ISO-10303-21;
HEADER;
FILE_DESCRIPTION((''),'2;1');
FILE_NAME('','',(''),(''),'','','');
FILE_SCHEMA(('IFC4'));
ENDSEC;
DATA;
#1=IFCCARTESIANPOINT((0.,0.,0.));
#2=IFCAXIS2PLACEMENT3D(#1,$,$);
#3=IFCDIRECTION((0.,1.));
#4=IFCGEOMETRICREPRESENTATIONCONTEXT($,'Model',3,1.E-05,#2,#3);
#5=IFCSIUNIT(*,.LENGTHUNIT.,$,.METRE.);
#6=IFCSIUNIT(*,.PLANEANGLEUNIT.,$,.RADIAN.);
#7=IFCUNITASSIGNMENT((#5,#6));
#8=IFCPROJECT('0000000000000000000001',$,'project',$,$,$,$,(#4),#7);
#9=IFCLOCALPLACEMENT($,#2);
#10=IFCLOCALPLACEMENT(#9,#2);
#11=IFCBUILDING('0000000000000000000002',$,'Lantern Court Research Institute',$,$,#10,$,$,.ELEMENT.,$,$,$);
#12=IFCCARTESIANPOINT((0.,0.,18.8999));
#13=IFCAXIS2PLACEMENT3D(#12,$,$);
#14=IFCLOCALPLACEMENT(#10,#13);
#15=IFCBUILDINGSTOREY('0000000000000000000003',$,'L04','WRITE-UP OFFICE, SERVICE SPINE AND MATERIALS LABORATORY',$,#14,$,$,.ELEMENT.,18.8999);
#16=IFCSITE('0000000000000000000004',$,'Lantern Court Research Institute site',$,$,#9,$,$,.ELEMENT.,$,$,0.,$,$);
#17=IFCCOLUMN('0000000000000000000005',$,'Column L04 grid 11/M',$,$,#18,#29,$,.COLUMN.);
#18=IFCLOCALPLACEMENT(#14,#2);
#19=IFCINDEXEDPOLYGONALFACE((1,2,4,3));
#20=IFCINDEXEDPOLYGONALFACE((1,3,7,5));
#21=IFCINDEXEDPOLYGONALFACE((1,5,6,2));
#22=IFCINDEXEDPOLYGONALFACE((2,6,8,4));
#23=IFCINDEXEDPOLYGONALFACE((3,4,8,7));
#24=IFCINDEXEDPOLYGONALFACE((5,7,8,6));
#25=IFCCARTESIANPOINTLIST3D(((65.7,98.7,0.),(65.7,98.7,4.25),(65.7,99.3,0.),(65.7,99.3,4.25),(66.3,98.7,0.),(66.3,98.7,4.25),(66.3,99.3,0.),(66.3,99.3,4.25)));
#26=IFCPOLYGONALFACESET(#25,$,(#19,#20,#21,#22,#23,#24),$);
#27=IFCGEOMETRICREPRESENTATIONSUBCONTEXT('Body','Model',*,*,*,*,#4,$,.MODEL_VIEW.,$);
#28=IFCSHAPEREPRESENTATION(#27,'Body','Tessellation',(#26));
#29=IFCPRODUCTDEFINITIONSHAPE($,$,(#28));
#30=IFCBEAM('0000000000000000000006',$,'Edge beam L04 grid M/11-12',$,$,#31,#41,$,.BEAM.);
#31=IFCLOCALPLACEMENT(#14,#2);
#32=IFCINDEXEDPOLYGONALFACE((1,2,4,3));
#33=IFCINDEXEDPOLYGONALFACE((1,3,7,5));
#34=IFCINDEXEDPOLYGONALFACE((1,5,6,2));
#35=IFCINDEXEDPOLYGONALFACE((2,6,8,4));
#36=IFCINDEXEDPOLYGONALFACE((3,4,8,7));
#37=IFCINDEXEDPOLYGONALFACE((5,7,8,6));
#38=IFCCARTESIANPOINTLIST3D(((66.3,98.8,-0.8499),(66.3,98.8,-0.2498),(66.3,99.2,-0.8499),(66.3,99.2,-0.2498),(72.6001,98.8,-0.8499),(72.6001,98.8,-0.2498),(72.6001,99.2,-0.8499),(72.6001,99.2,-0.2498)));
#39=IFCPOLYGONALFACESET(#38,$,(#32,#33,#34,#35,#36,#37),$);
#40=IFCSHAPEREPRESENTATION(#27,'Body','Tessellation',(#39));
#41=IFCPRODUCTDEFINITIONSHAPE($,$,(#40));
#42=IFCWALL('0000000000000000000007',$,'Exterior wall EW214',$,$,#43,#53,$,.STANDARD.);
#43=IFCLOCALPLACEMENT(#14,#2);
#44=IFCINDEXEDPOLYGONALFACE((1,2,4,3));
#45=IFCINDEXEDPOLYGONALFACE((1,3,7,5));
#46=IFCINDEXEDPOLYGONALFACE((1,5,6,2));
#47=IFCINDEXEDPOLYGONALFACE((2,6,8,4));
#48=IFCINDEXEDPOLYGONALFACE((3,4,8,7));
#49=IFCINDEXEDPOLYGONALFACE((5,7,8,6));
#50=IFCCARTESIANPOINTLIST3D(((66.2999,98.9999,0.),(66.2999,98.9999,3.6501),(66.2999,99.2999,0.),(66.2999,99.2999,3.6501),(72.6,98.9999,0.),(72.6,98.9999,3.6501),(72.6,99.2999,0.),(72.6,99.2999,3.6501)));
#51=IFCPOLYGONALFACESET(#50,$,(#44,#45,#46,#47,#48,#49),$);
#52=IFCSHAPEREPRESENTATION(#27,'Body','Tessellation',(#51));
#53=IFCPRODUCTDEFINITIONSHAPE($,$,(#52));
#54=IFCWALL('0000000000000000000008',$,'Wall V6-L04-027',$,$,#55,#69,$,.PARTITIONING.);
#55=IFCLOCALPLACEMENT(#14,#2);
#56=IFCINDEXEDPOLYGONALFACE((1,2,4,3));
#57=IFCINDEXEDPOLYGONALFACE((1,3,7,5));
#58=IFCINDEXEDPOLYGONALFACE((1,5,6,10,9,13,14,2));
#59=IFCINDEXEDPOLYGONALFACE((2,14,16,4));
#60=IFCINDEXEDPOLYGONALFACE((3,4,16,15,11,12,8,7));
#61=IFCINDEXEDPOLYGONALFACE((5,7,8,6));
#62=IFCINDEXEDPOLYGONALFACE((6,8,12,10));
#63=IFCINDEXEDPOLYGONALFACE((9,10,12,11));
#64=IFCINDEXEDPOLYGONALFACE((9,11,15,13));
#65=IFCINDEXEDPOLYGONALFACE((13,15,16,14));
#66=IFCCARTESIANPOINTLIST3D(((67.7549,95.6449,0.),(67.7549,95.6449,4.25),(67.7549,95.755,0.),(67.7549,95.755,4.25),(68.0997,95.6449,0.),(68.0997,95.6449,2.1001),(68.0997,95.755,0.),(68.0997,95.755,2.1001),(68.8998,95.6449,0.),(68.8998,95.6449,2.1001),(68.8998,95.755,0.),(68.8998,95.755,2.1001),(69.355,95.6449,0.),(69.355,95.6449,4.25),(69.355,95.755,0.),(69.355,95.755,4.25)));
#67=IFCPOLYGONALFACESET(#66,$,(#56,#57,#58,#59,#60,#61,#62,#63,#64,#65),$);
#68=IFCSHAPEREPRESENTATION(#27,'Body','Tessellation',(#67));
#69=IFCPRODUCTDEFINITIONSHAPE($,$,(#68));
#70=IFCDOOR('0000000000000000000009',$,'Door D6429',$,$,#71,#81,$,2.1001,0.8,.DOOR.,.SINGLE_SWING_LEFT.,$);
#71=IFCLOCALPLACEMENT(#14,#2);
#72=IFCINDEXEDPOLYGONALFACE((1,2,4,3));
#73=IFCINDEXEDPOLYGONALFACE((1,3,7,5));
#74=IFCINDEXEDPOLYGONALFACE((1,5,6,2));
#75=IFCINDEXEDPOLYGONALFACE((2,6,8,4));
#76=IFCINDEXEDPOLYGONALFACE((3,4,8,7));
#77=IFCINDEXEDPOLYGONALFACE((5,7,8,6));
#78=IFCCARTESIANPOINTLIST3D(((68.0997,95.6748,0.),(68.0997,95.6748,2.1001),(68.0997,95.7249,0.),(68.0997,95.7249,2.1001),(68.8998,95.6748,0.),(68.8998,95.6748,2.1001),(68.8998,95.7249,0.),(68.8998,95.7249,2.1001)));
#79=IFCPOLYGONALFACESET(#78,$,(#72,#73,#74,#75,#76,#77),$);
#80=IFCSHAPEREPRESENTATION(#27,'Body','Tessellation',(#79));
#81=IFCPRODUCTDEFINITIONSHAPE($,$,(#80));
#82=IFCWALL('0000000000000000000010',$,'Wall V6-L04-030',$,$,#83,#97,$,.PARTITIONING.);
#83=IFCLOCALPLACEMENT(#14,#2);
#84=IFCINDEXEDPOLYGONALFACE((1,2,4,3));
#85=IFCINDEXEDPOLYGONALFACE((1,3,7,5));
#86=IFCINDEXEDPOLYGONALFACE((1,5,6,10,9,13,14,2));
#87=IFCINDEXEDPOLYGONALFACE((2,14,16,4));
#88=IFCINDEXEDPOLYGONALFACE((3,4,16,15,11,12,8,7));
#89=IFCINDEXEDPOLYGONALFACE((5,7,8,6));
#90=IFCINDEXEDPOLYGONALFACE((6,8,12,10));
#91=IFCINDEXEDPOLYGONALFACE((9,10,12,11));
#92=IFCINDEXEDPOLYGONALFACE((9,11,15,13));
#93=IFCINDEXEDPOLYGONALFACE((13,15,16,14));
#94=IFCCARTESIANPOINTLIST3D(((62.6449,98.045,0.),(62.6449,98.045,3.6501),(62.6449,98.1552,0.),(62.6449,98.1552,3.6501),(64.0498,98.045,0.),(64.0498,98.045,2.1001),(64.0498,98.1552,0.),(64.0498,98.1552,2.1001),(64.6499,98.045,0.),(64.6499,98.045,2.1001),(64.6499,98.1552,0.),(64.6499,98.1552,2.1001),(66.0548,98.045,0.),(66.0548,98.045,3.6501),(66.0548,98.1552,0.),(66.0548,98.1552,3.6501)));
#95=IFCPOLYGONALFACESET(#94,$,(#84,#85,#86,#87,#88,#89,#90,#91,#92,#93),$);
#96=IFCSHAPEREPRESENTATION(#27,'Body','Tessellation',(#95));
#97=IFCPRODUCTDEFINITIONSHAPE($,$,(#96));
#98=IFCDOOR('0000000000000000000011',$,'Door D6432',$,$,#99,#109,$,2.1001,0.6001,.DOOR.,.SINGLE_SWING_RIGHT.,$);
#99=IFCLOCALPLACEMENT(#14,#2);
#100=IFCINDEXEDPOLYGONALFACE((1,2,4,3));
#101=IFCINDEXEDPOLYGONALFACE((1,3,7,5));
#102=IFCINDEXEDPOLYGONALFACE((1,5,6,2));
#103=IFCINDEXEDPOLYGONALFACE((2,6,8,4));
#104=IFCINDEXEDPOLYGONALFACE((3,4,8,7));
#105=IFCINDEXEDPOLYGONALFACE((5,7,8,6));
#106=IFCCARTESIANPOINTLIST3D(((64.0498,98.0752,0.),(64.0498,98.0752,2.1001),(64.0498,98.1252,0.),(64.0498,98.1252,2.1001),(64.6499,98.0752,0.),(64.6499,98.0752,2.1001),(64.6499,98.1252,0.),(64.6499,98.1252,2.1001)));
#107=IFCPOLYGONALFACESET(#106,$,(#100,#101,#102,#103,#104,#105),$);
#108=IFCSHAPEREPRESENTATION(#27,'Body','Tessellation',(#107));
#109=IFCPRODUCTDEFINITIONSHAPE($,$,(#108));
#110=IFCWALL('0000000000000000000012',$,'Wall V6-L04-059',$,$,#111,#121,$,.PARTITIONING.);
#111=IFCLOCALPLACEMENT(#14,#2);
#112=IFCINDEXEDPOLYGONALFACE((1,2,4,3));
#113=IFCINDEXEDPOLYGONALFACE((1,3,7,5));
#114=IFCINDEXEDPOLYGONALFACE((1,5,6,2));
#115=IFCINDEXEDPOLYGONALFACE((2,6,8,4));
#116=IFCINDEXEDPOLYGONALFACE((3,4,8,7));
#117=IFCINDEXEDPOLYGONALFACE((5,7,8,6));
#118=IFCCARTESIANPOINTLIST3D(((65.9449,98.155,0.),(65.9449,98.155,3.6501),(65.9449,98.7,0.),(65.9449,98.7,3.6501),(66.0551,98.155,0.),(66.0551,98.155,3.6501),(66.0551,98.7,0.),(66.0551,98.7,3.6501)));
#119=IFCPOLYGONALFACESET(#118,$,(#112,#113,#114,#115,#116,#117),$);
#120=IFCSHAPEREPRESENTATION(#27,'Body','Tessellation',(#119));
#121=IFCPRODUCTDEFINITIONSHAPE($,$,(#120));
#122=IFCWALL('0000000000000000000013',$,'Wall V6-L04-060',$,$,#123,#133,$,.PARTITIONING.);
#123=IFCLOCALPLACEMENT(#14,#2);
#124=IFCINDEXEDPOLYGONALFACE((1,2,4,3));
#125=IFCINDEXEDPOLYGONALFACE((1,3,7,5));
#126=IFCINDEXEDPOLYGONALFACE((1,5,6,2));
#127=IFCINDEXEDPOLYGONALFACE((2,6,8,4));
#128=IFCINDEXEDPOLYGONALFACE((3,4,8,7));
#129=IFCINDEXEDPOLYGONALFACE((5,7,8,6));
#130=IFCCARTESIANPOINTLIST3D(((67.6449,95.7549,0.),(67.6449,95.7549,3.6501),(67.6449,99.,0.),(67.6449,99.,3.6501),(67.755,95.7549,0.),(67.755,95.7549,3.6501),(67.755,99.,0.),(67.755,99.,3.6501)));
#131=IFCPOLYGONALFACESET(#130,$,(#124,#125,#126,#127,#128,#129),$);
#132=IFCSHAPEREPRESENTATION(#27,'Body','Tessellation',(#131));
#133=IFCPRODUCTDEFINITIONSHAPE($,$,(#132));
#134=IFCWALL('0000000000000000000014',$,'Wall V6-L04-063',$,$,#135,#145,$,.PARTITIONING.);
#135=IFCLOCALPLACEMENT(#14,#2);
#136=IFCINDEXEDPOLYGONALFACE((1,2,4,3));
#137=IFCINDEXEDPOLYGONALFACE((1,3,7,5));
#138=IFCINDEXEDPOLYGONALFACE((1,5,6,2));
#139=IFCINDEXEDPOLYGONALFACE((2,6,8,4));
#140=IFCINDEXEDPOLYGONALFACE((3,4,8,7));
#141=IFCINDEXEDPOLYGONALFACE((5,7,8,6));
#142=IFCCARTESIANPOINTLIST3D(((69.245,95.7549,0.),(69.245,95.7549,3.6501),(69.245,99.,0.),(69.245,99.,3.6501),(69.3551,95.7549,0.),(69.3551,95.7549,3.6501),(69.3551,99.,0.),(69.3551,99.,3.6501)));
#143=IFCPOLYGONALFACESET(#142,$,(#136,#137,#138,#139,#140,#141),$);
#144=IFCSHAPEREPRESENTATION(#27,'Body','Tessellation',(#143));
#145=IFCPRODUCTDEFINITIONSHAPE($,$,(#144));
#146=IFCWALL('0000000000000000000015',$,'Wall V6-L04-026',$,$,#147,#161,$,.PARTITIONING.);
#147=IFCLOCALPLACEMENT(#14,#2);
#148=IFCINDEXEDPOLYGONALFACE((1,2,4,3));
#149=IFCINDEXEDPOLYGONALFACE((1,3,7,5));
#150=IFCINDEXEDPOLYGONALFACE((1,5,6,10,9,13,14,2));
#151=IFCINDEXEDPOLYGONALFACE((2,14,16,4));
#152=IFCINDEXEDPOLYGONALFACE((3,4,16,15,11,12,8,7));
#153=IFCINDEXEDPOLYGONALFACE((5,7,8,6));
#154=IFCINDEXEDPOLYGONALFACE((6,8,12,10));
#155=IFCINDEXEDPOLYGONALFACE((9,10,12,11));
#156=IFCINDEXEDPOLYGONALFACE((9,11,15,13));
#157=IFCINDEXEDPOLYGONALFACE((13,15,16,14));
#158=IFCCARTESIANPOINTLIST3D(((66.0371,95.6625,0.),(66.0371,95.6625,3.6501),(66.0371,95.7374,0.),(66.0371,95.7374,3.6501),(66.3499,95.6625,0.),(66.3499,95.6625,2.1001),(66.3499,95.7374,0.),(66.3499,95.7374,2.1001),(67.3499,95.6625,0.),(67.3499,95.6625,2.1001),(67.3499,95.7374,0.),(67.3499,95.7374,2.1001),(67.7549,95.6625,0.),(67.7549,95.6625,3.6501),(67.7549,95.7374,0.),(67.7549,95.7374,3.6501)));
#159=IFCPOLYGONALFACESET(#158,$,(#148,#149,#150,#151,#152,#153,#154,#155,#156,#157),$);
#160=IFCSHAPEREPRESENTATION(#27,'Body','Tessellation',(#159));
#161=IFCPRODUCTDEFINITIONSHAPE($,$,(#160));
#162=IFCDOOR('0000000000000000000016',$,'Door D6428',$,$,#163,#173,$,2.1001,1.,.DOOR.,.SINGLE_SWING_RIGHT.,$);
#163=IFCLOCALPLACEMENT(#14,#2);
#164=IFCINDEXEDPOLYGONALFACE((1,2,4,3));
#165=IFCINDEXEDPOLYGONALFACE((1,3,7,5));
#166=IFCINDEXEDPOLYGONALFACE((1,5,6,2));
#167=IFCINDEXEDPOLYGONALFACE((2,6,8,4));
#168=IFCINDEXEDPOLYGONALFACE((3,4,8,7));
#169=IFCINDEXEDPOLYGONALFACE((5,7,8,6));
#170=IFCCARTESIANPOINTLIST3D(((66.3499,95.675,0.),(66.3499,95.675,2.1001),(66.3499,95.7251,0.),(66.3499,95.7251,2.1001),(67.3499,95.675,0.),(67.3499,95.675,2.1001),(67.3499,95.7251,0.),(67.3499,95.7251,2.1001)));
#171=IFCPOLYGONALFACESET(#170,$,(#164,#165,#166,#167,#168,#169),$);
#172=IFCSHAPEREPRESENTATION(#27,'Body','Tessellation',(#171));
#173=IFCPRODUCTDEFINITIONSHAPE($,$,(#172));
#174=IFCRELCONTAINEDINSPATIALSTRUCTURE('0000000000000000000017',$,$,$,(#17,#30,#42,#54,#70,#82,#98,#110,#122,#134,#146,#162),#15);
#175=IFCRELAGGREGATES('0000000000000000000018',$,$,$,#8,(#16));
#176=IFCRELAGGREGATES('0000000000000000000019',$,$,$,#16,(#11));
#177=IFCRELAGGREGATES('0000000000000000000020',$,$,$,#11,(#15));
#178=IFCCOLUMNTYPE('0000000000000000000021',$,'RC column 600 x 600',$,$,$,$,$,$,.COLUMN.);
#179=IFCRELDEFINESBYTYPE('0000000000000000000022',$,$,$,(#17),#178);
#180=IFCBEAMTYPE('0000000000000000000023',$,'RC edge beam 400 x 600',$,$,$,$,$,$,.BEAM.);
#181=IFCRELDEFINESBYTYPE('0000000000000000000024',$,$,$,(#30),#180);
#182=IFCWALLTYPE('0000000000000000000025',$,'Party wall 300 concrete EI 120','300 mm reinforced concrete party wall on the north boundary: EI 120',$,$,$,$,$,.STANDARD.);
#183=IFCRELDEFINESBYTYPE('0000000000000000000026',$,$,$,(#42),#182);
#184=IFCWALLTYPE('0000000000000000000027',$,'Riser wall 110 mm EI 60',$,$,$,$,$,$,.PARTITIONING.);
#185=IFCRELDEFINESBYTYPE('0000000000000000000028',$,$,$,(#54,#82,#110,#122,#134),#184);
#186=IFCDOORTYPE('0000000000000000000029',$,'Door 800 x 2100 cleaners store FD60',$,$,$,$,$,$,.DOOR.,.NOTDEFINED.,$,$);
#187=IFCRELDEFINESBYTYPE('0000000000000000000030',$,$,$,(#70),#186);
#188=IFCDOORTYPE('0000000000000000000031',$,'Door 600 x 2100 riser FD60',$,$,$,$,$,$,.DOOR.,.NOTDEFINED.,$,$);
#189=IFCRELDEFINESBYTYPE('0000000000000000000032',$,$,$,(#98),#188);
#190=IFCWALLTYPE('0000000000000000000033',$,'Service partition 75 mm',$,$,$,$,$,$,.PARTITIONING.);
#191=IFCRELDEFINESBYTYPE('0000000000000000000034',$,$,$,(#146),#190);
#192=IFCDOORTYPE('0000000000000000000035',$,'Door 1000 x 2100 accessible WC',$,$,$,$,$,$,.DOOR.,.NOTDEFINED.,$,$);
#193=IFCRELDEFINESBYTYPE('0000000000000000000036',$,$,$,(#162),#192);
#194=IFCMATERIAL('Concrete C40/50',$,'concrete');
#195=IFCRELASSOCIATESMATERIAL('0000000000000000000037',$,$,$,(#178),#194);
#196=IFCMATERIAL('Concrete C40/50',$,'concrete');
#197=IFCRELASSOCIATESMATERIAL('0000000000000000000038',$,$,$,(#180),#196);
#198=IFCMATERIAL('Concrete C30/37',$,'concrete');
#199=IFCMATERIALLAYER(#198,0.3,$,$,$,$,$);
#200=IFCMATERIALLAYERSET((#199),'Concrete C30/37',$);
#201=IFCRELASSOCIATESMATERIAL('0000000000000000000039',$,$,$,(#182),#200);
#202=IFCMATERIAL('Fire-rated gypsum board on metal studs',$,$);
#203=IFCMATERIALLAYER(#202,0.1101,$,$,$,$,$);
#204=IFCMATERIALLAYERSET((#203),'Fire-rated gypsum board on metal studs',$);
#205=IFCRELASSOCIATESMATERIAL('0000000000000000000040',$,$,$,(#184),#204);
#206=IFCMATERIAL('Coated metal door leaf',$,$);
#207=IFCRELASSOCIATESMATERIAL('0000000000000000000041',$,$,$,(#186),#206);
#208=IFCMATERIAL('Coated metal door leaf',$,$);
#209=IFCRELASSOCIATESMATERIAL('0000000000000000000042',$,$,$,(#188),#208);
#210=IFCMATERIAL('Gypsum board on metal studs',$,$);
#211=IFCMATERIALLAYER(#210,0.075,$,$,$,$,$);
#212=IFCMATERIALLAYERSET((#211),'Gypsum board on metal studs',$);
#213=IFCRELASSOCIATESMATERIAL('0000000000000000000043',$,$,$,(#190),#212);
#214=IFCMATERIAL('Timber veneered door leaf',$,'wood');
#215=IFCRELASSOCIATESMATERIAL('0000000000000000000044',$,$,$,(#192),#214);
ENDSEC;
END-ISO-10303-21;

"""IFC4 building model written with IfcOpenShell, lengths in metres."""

from ifc_helpers import new_model, si_unit, direction, frame, frame_2d, origin, origin_2d, place, context, subcontext, project, spatial, rectangle, extrude, material, layer, layer_set, material_profile, profile_set, type_object, element, fill, save


model = new_model("IFC4")

# Units and contexts
model_context = context("Model", 3, precision=1e-05, world=origin(), true_north=direction((0.0, 1.0)))
body_context = subcontext(model_context, "Body", "Model", "MODEL_VIEW")
ifc_project = project(units=[si_unit("LENGTHUNIT", "METRE"), si_unit("PLANEANGLEUNIT", "RADIAN")], contexts=[model_context])

# Site, building, storey
site_placement = place(None, origin())
site = spatial("IfcSite", under=ifc_project, at=site_placement, Name="Lantern Court Research Institute site", CompositionType="ELEMENT", RefElevation=0.0)
building_placement = place(site_placement, origin())
building = spatial("IfcBuilding", under=site, at=building_placement, Name="Lantern Court Research Institute", CompositionType="ELEMENT")
storey_placement = place(building_placement, frame((0.0, 0.0, 18.8999)))
storey = spatial("IfcBuildingStorey", under=building, at=storey_placement, Name="L04", Description="WRITE-UP OFFICE, SERVICE SPINE AND MATERIALS LABORATORY", CompositionType="ELEMENT", Elevation=18.8999)

# Column
ifc_material_1 = material(Name="Concrete C40/50", Category="concrete")
ifc_material_profile_1 = material_profile(ifc_material_1, rectangle(XDim=0.6001, YDim=0.6001, at=origin_2d()), Name="RC column 600 x 600")
ifc_profile_set_1 = profile_set([ifc_material_profile_1], Name="Concrete C40/50")
column_type = type_object("IfcColumnType", Name="RC column 600 x 600", PredefinedType="COLUMN", material=ifc_profile_set_1)
column_placement = place(storey_placement, frame((66.0, 99.0, 0.0), z_axis=(0.0, 0.0, 1.0), x_axis=(1.0, 0.0, 0.0)))
element("IfcColumn", 1, at=column_placement, inside=storey, type_object=column_type, Name="Column L04 grid 11/M", PredefinedType="COLUMN", context=body_context, shape_type="SweptSolid", body=[
    extrude(rectangle(XDim=0.6001, YDim=0.6001, at=origin_2d()), origin(), (0.0, 0.0, 1.0), 4.25),
])

# Beam
ifc_material_2 = material(Name="Concrete C40/50", Category="concrete")
ifc_material_profile_2 = material_profile(ifc_material_2, rectangle(XDim=0.3999, YDim=0.6001, at=origin_2d()), Name="RC beam 400 x 600")
ifc_profile_set_2 = profile_set([ifc_material_profile_2], Name="Concrete C40/50")
beam_type = type_object("IfcBeamType", Name="RC edge beam 400 x 600", PredefinedType="BEAM", material=ifc_profile_set_2)
beam_placement = place(storey_placement, frame((66.3, 99.0, -0.5498), z_axis=(1.0, 0.0, 0.0), x_axis=(0.0, 1.0, 0.0)))
element("IfcBeam", 2, at=beam_placement, inside=storey, type_object=beam_type, Name="Edge beam L04 grid M/11-12", PredefinedType="BEAM", context=body_context, shape_type="SweptSolid", body=[
    extrude(rectangle(XDim=0.3999, YDim=0.6001, at=origin_2d()), origin(), (0.0, 0.0, 1.0), 6.3),
])

# Wall
ifc_material_3 = material(Name="Concrete C30/37", Category="concrete")
ifc_layer_1 = layer(ifc_material_3, 0.3)
ifc_layer_set_1 = layer_set([ifc_layer_1], Name="Concrete C30/37")
wall_type_1 = type_object("IfcWallType", Name="Party wall 300 concrete EI 120", Description="300 mm reinforced concrete party wall on the north boundary: EI 120", PredefinedType="STANDARD", material=ifc_layer_set_1)
wall_1_placement = place(storey_placement, frame((66.3, 99.1499, 0.0), z_axis=(0.0, 0.0, 1.0), x_axis=(1.0, 0.0, 0.0)))
element("IfcWall", 3, at=wall_1_placement, inside=storey, type_object=wall_type_1, Name="Exterior wall EW214", PredefinedType="STANDARD", context=body_context, shape_type="SweptSolid", body=[
    extrude(rectangle(XDim=6.3, YDim=0.3, at=frame_2d((3.1499, 0.0))), origin(), (0.0, 0.0, 1.0), 3.6501),
])

# Walls, openings, doors
ifc_material_4 = material(Name="Fire-rated gypsum board on metal studs")
ifc_layer_2 = layer(ifc_material_4, 0.1101)
ifc_layer_set_2 = layer_set([ifc_layer_2], Name="Fire-rated gypsum board on metal studs")
wall_type_2 = type_object("IfcWallType", Name="Riser wall 110 mm EI 60", PredefinedType="PARTITIONING", material=ifc_layer_set_2)
wall_2_placement = place(storey_placement, frame((67.7549, 95.7, 0.0), z_axis=(0.0, 0.0, 1.0), x_axis=(1.0, 0.0, 0.0)))
wall_2 = element("IfcWall", 4, at=wall_2_placement, inside=storey, type_object=wall_type_2, Name="Wall V6-L04-027", PredefinedType="PARTITIONING", context=body_context, shape_type="SweptSolid", body=[
    extrude(rectangle(XDim=1.6001, YDim=0.1101, at=frame_2d((0.8, 0.0))), origin(), (0.0, 0.0, 1.0), 4.25),
])
opening_1_placement = place(wall_2_placement, frame((0.345, 0.0, 0.0)))
opening_1 = element("IfcOpeningElement", 5, at=opening_1_placement, cuts=wall_2, PredefinedType="OPENING", context=body_context, shape_type="SweptSolid", body=[
    extrude(rectangle(XDim=0.8, YDim=2.1001, at=frame_2d((0.3999, 1.05))), frame((0.0, 0.0649, 0.0), z_axis=(0.0, -1.0, 0.0), x_axis=(1.0, 0.0, 0.0)), (0.0, 0.0, 1.0), 0.1301),
])
ifc_material_5 = material(Name="Coated metal door leaf")
door_type_1 = type_object("IfcDoorType", Name="Door 800 x 2100 cleaners store FD60", OperationType="NOTDEFINED", PredefinedType="DOOR", material=ifc_material_5)
door_1_placement = place(opening_1_placement, origin())
door_1 = element("IfcDoor", 6, at=door_1_placement, inside=storey, type_object=door_type_1, Name="Door D6429", OperationType="SINGLE_SWING_LEFT", OverallHeight=2.1001, OverallWidth=0.8, PredefinedType="DOOR", context=body_context, shape_type="SweptSolid", body=[
    extrude(rectangle(XDim=0.8, YDim=2.1001, at=frame_2d((0.3999, 1.05))), frame((0.0, 0.0249, 0.0), z_axis=(0.0, -1.0, 0.0), x_axis=(1.0, 0.0, 0.0)), (0.0, 0.0, 1.0), 0.05),
])
fill(opening_1, door_1)
wall_3_placement = place(storey_placement, frame((66.0549, 98.1001, 0.0), z_axis=(0.0, 0.0, 1.0), x_axis=(-1.0, 0.0, 0.0)))
wall_3 = element("IfcWall", 7, at=wall_3_placement, inside=storey, type_object=wall_type_2, Name="Wall V6-L04-030", PredefinedType="PARTITIONING", context=body_context, shape_type="SweptSolid", body=[
    extrude(rectangle(XDim=3.4099, YDim=0.1101, at=frame_2d((1.7051, 0.0))), origin(), (0.0, 0.0, 1.0), 3.6501),
])
opening_2_placement = place(wall_3_placement, frame((1.405, 0.0, 0.0)))
opening_2 = element("IfcOpeningElement", 8, at=opening_2_placement, cuts=wall_3, PredefinedType="OPENING", context=body_context, shape_type="SweptSolid", body=[
    extrude(rectangle(XDim=0.6001, YDim=2.1001, at=frame_2d((0.3, 1.05))), frame((0.0, 0.0649, 0.0), z_axis=(0.0, -1.0, 0.0), x_axis=(1.0, 0.0, 0.0)), (0.0, 0.0, 1.0), 0.1301),
])
ifc_material_6 = material(Name="Coated metal door leaf")
door_type_2 = type_object("IfcDoorType", Name="Door 600 x 2100 riser FD60", OperationType="NOTDEFINED", PredefinedType="DOOR", material=ifc_material_6)
door_2_placement = place(opening_2_placement, origin())
door_2 = element("IfcDoor", 9, at=door_2_placement, inside=storey, type_object=door_type_2, Name="Door D6432", OperationType="SINGLE_SWING_RIGHT", OverallHeight=2.1001, OverallWidth=0.6001, PredefinedType="DOOR", context=body_context, shape_type="SweptSolid", body=[
    extrude(rectangle(XDim=0.6001, YDim=2.1001, at=frame_2d((0.3, 1.05))), frame((0.0, 0.0249, 0.0), z_axis=(0.0, -1.0, 0.0), x_axis=(1.0, 0.0, 0.0)), (0.0, 0.0, 1.0), 0.05),
])
fill(opening_2, door_2)

# Walls
wall_4_placement = place(storey_placement, frame((66.0, 98.155, 0.0), z_axis=(0.0, 0.0, 1.0), x_axis=(0.0, 1.0, 0.0)))
element("IfcWall", 10, at=wall_4_placement, inside=storey, type_object=wall_type_2, Name="Wall V6-L04-059", PredefinedType="PARTITIONING", context=body_context, shape_type="SweptSolid", body=[
    extrude(rectangle(XDim=0.5449, YDim=0.1101, at=frame_2d((0.2725, 0.0))), origin(), (0.0, 0.0, 1.0), 3.6501),
])
for number, where, z_axis, x_axis, name in (
    (11, (67.7, 95.7549, 0.0), (0.0, 0.0, 1.0), (0.0, 1.0, 0.0), "Wall V6-L04-060"),
    (12, (69.3, 95.7549, 0.0), (0.0, 0.0, 1.0), (0.0, 1.0, 0.0), "Wall V6-L04-063"),
):
    element("IfcWall", number, at=place(storey_placement, frame(where, z_axis=z_axis, x_axis=x_axis)), inside=storey, type_object=wall_type_2, Name=name, PredefinedType="PARTITIONING", context=body_context, shape_type="SweptSolid", body=[
        extrude(rectangle(XDim=3.2451, YDim=0.1101, at=frame_2d((1.6226, 0.0))), origin(), (0.0, 0.0, 1.0), 3.6501),
    ])

# Wall, opening, door
ifc_material_7 = material(Name="Gypsum board on metal studs")
ifc_layer_3 = layer(ifc_material_7, 0.075)
ifc_layer_set_3 = layer_set([ifc_layer_3], Name="Gypsum board on metal studs")
wall_type_3 = type_object("IfcWallType", Name="Service partition 75 mm", PredefinedType="PARTITIONING", material=ifc_layer_set_3)
wall_5_placement = place(storey_placement, frame((67.7549, 95.7, 0.0), z_axis=(0.0, 0.0, 1.0), x_axis=(-1.0, 0.0, 0.0)))
wall_5 = element("IfcWall", 13, at=wall_5_placement, inside=storey, type_object=wall_type_3, Name="Wall V6-L04-026", PredefinedType="PARTITIONING", context=body_context, shape_type="SweptSolid", body=[
    extrude(rectangle(XDim=1.7178, YDim=0.075, at=frame_2d((0.8589, 0.0))), origin(), (0.0, 0.0, 1.0), 3.6501),
])
opening_3_placement = place(wall_5_placement, frame((0.405, 0.0, 0.0)))
opening_3 = element("IfcOpeningElement", 14, at=opening_3_placement, cuts=wall_5, PredefinedType="OPENING", context=body_context, shape_type="SweptSolid", body=[
    extrude(rectangle(XDim=1.0, YDim=2.1001, at=frame_2d((0.5, 1.05))), frame((0.0, 0.0474, 0.0), z_axis=(0.0, -1.0, 0.0), x_axis=(1.0, 0.0, 0.0)), (0.0, 0.0, 1.0), 0.095),
])
ifc_material_8 = material(Name="Timber veneered door leaf", Category="wood")
door_type_3 = type_object("IfcDoorType", Name="Door 1000 x 2100 accessible WC", OperationType="NOTDEFINED", PredefinedType="DOOR", material=ifc_material_8)
door_3_placement = place(opening_3_placement, origin())
door_3 = element("IfcDoor", 15, at=door_3_placement, inside=storey, type_object=door_type_3, Name="Door D6428", OperationType="SINGLE_SWING_RIGHT", OverallHeight=2.1001, OverallWidth=1.0, PredefinedType="DOOR", context=body_context, shape_type="SweptSolid", body=[
    extrude(rectangle(XDim=1.0, YDim=2.1001, at=frame_2d((0.5, 1.05))), frame((0.0, 0.0249, 0.0), z_axis=(0.0, -1.0, 0.0), x_axis=(1.0, 0.0, 0.0)), (0.0, 0.0, 1.0), 0.05),
])
fill(opening_3, door_3)

save(model, "model.ifc")
